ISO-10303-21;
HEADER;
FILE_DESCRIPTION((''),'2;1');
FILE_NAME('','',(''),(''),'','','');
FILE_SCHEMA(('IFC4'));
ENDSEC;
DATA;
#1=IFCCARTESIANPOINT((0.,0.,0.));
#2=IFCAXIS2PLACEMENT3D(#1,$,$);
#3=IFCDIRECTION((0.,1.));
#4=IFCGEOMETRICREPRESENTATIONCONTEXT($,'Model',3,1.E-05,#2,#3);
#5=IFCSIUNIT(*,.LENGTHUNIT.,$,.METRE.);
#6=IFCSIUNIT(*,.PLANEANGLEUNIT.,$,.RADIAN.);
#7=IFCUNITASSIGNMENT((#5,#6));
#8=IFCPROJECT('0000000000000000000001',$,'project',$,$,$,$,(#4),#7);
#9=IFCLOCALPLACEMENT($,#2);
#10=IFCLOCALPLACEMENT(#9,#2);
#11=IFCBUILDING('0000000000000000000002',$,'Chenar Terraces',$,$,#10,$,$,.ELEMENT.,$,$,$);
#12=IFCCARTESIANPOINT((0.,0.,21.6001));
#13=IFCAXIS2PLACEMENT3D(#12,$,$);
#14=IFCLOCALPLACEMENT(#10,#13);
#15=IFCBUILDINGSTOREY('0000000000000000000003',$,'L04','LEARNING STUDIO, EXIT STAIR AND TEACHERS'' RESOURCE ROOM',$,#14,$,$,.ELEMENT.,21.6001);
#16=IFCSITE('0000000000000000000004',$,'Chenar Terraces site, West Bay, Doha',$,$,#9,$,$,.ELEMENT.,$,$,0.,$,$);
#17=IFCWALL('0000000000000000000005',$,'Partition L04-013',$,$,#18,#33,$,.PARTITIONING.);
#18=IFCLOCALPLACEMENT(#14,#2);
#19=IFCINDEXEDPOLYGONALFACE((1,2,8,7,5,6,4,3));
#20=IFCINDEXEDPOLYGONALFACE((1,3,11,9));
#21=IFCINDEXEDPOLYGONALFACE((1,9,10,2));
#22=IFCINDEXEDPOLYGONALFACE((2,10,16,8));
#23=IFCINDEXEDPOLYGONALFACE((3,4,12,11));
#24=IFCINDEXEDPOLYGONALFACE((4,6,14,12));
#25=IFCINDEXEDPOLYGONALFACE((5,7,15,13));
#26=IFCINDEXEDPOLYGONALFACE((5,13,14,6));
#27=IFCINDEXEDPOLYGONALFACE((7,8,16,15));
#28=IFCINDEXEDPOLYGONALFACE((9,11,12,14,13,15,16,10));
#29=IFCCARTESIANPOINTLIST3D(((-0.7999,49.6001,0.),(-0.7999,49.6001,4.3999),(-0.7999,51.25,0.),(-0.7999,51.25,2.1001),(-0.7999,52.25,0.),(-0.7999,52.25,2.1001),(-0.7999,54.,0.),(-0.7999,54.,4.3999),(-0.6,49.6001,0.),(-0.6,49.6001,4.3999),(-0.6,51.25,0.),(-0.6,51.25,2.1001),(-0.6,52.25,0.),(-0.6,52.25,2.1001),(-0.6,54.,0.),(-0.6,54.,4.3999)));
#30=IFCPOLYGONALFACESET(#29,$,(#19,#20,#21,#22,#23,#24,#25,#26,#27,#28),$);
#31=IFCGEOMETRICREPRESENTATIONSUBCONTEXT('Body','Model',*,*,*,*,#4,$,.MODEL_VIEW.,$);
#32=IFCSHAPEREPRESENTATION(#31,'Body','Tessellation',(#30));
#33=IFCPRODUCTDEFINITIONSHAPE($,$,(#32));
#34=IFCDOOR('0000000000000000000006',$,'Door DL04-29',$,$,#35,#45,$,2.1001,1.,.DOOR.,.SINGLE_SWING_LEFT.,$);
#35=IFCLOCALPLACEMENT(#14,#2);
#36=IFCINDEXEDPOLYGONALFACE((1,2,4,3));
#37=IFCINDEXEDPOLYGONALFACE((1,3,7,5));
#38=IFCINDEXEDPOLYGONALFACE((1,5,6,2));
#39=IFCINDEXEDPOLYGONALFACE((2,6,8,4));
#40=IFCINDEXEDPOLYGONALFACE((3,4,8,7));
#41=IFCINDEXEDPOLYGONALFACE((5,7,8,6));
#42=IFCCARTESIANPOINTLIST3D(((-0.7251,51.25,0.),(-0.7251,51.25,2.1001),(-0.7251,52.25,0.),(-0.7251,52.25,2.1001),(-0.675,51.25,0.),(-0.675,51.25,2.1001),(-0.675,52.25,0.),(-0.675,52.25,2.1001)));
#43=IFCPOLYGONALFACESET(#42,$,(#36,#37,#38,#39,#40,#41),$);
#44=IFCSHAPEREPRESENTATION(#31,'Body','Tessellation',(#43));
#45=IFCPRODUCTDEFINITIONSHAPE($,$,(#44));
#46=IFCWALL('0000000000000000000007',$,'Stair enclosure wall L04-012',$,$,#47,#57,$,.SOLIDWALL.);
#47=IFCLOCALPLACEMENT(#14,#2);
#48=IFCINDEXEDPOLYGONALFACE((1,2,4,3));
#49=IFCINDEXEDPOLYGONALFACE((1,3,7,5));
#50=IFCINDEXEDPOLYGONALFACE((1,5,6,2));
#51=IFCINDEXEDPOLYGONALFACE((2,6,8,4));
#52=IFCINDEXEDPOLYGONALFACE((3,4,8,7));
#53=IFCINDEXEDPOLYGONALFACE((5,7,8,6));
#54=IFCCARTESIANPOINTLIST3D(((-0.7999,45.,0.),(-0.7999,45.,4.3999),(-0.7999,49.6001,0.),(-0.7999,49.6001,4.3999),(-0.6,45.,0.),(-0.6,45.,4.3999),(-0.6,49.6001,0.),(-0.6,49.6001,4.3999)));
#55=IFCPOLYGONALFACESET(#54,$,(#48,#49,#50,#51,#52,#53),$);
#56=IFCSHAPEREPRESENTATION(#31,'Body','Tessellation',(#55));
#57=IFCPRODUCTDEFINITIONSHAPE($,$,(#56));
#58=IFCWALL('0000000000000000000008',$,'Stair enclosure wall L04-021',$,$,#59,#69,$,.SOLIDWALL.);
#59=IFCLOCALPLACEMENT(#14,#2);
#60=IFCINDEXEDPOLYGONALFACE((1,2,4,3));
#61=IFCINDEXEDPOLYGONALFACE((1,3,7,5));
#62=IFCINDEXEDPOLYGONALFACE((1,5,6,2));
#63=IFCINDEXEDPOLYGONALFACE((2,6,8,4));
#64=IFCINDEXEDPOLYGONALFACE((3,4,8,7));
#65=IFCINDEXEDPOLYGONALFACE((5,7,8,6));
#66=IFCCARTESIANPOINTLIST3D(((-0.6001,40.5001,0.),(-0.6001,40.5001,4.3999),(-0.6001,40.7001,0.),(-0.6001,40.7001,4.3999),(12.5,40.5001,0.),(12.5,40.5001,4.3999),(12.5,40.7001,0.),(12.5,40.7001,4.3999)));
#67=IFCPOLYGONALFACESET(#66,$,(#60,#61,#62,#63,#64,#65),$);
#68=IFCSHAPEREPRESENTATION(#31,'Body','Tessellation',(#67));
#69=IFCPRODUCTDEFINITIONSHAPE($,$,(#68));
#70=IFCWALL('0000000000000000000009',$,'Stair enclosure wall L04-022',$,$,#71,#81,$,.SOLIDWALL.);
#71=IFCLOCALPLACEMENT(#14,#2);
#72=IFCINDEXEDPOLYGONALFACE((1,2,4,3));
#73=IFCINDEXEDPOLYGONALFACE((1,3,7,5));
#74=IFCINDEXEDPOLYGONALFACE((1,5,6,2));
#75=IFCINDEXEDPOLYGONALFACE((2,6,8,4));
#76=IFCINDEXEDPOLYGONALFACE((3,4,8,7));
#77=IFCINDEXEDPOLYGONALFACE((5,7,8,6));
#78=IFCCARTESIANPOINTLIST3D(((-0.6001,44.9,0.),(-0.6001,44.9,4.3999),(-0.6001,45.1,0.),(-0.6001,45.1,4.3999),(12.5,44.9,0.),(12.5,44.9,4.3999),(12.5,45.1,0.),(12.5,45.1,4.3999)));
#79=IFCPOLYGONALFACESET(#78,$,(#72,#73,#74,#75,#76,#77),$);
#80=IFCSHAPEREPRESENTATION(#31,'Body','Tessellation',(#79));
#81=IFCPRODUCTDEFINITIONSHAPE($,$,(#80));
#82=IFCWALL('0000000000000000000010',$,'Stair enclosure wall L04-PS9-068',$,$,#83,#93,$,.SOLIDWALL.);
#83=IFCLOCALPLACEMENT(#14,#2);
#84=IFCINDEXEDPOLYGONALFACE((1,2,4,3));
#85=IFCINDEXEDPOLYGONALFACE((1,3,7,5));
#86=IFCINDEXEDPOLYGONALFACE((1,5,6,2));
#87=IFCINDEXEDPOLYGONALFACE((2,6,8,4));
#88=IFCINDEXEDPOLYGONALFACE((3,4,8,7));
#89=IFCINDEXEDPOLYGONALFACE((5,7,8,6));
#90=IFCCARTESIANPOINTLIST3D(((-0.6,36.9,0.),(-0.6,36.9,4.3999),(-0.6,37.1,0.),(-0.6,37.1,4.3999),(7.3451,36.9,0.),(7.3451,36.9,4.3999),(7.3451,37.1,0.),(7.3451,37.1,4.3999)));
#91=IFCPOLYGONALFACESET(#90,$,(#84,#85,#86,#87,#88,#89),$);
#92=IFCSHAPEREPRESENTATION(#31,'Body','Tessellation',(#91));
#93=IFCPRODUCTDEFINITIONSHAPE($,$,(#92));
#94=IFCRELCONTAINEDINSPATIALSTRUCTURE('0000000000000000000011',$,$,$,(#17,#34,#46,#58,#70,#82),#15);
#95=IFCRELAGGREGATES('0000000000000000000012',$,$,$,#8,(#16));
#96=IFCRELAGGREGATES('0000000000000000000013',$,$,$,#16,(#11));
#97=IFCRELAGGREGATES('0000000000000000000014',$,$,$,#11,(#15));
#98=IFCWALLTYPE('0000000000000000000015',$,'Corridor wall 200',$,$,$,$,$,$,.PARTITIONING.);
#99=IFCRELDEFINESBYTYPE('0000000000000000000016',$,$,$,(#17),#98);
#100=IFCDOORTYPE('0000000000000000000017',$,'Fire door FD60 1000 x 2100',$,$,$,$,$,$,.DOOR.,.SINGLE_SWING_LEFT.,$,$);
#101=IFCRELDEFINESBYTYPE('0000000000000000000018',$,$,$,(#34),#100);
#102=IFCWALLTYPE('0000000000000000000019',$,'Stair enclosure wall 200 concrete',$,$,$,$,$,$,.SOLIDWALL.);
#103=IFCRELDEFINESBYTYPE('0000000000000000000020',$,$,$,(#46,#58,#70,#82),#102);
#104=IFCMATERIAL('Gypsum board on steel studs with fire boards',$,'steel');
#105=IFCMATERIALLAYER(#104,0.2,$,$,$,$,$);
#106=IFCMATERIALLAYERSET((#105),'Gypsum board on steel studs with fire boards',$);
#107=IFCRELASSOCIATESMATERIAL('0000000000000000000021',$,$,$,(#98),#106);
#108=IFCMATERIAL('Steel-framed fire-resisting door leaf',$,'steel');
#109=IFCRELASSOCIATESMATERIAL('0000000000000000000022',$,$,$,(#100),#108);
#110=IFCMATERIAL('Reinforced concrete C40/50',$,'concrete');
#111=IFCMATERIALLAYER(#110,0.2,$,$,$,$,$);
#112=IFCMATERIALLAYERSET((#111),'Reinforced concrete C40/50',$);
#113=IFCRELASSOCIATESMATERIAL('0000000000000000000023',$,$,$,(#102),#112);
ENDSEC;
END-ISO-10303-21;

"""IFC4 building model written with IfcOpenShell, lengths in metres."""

from ifc_helpers import new_model, si_unit, direction, frame, frame_2d, origin, place, context, subcontext, project, spatial, rectangle, extrude, material, layer, layer_set, type_object, element, fill, save


model = new_model("IFC4")

# Units and contexts
model_context = context("Model", 3, precision=1e-05, world=origin(), true_north=direction((0.0, 1.0)))
body_context = subcontext(model_context, "Body", "Model", "MODEL_VIEW")
ifc_project = project(units=[si_unit("LENGTHUNIT", "METRE"), si_unit("PLANEANGLEUNIT", "RADIAN")], contexts=[model_context])

# Site, building, storey
site_placement = place(None, origin())
site = spatial("IfcSite", under=ifc_project, at=site_placement, Name="Chenar Terraces site, West Bay, Doha", CompositionType="ELEMENT", RefElevation=0.0)
building_placement = place(site_placement, origin())
building = spatial("IfcBuilding", under=site, at=building_placement, Name="Chenar Terraces", CompositionType="ELEMENT")
storey_placement = place(building_placement, frame((0.0, 0.0, 21.6001)))
storey = spatial("IfcBuildingStorey", under=building, at=storey_placement, Name="L04", Description="LEARNING STUDIO, EXIT STAIR AND TEACHERS' RESOURCE ROOM", CompositionType="ELEMENT", Elevation=21.6001)

# Wall, opening, door
ifc_material_1 = material(Name="Gypsum board on steel studs with fire boards", Category="steel")
ifc_layer_1 = layer(ifc_material_1, 0.2)
ifc_layer_set_1 = layer_set([ifc_layer_1], Name="Gypsum board on steel studs with fire boards")
wall_type_1 = type_object("IfcWallType", Name="Corridor wall 200", PredefinedType="PARTITIONING", material=ifc_layer_set_1)
ifc_material_2 = material(Name="Steel-framed fire-resisting door leaf", Category="steel")
door_type_1 = type_object("IfcDoorType", Name="Fire door FD60 1000 x 2100", OperationType="SINGLE_SWING_LEFT", PredefinedType="DOOR", material=ifc_material_2)
wall_1_placement = place(storey_placement, frame((-0.7, 49.6001, 0.0), z_axis=(0.0, 0.0, 1.0), x_axis=(0.0, 1.0, 0.0)))
wall_1 = element("IfcWall", 1, at=wall_1_placement, inside=storey, type_object=wall_type_1, Name="Partition L04-013", PredefinedType="PARTITIONING", context=body_context, shape_type="SweptSolid", body=[
    extrude(rectangle(XDim=4.3999, YDim=0.2, at=frame_2d((2.2, 0.0))), origin(), (0.0, 0.0, 1.0), 4.3999),
])
opening_1_placement = place(wall_1_placement, frame((1.6499, 0.0, 0.0)))
opening_1 = element("IfcOpeningElement", 2, at=opening_1_placement, cuts=wall_1, PredefinedType="OPENING", context=body_context, shape_type="SweptSolid", body=[
    extrude(rectangle(XDim=1.0, YDim=2.1001, at=frame_2d((0.5, 1.05))), frame((0.0, 0.1099, 0.0), z_axis=(0.0, -1.0, 0.0), x_axis=(1.0, 0.0, 0.0)), (0.0, 0.0, 1.0), 0.22),
])
door_1_placement = place(opening_1_placement, frame((1.0, 0.0, 0.0), z_axis=(0.0, 0.0, 1.0), x_axis=(-1.0, 0.0, 0.0)))
door_1 = element("IfcDoor", 3, at=door_1_placement, inside=storey, type_object=door_type_1, Name="Door DL04-29", OperationType="SINGLE_SWING_LEFT", OverallHeight=2.1001, OverallWidth=1.0, PredefinedType="DOOR", context=body_context, shape_type="SweptSolid", body=[
    extrude(rectangle(XDim=1.0, YDim=2.1001, at=frame_2d((0.5, 1.05))), frame((0.0, 0.0249, 0.0), z_axis=(0.0, -1.0, 0.0), x_axis=(1.0, 0.0, 0.0)), (0.0, 0.0, 1.0), 0.05),
])
fill(opening_1, door_1)

# Walls
ifc_material_3 = material(Name="Reinforced concrete C40/50", Category="concrete")
ifc_layer_2 = layer(ifc_material_3, 0.2)
ifc_layer_set_2 = layer_set([ifc_layer_2], Name="Reinforced concrete C40/50")
wall_type_2 = type_object("IfcWallType", Name="Stair enclosure wall 200 concrete", PredefinedType="SOLIDWALL", material=ifc_layer_set_2)
wall_2_placement = place(storey_placement, frame((-0.7, 45.0, 0.0), z_axis=(0.0, 0.0, 1.0), x_axis=(0.0, 1.0, 0.0)))
element("IfcWall", 4, at=wall_2_placement, inside=storey, type_object=wall_type_2, Name="Stair enclosure wall L04-012", PredefinedType="SOLIDWALL", context=body_context, shape_type="SweptSolid", body=[
    extrude(rectangle(XDim=4.6001, YDim=0.2, at=frame_2d((2.3, 0.0))), origin(), (0.0, 0.0, 1.0), 4.3999),
])
for number, where, z_axis, x_axis, name in (
    (5, (-0.6001, 40.6001, 0.0), (0.0, 0.0, 1.0), (1.0, 0.0, 0.0), "Stair enclosure wall L04-021"),
    (6, (-0.6001, 45.0, 0.0), (0.0, 0.0, 1.0), (1.0, 0.0, 0.0), "Stair enclosure wall L04-022"),
):
    element("IfcWall", number, at=place(storey_placement, frame(where, z_axis=z_axis, x_axis=x_axis)), inside=storey, type_object=wall_type_2, Name=name, PredefinedType="SOLIDWALL", context=body_context, shape_type="SweptSolid", body=[
        extrude(rectangle(XDim=13.1001, YDim=0.2, at=frame_2d((6.55, 0.0))), origin(), (0.0, 0.0, 1.0), 4.3999),
    ])
wall_3_placement = place(storey_placement, frame((-0.6001, 37.0, 0.0), z_axis=(0.0, 0.0, 1.0), x_axis=(1.0, 0.0, 0.0)))
element("IfcWall", 7, at=wall_3_placement, inside=storey, type_object=wall_type_2, Name="Stair enclosure wall L04-PS9-068", PredefinedType="SOLIDWALL", context=body_context, shape_type="SweptSolid", body=[
    extrude(rectangle(XDim=7.9451, YDim=0.2, at=frame_2d((3.9727, 0.0))), origin(), (0.0, 0.0, 1.0), 4.3999),
])

save(model, "model.ifc")
